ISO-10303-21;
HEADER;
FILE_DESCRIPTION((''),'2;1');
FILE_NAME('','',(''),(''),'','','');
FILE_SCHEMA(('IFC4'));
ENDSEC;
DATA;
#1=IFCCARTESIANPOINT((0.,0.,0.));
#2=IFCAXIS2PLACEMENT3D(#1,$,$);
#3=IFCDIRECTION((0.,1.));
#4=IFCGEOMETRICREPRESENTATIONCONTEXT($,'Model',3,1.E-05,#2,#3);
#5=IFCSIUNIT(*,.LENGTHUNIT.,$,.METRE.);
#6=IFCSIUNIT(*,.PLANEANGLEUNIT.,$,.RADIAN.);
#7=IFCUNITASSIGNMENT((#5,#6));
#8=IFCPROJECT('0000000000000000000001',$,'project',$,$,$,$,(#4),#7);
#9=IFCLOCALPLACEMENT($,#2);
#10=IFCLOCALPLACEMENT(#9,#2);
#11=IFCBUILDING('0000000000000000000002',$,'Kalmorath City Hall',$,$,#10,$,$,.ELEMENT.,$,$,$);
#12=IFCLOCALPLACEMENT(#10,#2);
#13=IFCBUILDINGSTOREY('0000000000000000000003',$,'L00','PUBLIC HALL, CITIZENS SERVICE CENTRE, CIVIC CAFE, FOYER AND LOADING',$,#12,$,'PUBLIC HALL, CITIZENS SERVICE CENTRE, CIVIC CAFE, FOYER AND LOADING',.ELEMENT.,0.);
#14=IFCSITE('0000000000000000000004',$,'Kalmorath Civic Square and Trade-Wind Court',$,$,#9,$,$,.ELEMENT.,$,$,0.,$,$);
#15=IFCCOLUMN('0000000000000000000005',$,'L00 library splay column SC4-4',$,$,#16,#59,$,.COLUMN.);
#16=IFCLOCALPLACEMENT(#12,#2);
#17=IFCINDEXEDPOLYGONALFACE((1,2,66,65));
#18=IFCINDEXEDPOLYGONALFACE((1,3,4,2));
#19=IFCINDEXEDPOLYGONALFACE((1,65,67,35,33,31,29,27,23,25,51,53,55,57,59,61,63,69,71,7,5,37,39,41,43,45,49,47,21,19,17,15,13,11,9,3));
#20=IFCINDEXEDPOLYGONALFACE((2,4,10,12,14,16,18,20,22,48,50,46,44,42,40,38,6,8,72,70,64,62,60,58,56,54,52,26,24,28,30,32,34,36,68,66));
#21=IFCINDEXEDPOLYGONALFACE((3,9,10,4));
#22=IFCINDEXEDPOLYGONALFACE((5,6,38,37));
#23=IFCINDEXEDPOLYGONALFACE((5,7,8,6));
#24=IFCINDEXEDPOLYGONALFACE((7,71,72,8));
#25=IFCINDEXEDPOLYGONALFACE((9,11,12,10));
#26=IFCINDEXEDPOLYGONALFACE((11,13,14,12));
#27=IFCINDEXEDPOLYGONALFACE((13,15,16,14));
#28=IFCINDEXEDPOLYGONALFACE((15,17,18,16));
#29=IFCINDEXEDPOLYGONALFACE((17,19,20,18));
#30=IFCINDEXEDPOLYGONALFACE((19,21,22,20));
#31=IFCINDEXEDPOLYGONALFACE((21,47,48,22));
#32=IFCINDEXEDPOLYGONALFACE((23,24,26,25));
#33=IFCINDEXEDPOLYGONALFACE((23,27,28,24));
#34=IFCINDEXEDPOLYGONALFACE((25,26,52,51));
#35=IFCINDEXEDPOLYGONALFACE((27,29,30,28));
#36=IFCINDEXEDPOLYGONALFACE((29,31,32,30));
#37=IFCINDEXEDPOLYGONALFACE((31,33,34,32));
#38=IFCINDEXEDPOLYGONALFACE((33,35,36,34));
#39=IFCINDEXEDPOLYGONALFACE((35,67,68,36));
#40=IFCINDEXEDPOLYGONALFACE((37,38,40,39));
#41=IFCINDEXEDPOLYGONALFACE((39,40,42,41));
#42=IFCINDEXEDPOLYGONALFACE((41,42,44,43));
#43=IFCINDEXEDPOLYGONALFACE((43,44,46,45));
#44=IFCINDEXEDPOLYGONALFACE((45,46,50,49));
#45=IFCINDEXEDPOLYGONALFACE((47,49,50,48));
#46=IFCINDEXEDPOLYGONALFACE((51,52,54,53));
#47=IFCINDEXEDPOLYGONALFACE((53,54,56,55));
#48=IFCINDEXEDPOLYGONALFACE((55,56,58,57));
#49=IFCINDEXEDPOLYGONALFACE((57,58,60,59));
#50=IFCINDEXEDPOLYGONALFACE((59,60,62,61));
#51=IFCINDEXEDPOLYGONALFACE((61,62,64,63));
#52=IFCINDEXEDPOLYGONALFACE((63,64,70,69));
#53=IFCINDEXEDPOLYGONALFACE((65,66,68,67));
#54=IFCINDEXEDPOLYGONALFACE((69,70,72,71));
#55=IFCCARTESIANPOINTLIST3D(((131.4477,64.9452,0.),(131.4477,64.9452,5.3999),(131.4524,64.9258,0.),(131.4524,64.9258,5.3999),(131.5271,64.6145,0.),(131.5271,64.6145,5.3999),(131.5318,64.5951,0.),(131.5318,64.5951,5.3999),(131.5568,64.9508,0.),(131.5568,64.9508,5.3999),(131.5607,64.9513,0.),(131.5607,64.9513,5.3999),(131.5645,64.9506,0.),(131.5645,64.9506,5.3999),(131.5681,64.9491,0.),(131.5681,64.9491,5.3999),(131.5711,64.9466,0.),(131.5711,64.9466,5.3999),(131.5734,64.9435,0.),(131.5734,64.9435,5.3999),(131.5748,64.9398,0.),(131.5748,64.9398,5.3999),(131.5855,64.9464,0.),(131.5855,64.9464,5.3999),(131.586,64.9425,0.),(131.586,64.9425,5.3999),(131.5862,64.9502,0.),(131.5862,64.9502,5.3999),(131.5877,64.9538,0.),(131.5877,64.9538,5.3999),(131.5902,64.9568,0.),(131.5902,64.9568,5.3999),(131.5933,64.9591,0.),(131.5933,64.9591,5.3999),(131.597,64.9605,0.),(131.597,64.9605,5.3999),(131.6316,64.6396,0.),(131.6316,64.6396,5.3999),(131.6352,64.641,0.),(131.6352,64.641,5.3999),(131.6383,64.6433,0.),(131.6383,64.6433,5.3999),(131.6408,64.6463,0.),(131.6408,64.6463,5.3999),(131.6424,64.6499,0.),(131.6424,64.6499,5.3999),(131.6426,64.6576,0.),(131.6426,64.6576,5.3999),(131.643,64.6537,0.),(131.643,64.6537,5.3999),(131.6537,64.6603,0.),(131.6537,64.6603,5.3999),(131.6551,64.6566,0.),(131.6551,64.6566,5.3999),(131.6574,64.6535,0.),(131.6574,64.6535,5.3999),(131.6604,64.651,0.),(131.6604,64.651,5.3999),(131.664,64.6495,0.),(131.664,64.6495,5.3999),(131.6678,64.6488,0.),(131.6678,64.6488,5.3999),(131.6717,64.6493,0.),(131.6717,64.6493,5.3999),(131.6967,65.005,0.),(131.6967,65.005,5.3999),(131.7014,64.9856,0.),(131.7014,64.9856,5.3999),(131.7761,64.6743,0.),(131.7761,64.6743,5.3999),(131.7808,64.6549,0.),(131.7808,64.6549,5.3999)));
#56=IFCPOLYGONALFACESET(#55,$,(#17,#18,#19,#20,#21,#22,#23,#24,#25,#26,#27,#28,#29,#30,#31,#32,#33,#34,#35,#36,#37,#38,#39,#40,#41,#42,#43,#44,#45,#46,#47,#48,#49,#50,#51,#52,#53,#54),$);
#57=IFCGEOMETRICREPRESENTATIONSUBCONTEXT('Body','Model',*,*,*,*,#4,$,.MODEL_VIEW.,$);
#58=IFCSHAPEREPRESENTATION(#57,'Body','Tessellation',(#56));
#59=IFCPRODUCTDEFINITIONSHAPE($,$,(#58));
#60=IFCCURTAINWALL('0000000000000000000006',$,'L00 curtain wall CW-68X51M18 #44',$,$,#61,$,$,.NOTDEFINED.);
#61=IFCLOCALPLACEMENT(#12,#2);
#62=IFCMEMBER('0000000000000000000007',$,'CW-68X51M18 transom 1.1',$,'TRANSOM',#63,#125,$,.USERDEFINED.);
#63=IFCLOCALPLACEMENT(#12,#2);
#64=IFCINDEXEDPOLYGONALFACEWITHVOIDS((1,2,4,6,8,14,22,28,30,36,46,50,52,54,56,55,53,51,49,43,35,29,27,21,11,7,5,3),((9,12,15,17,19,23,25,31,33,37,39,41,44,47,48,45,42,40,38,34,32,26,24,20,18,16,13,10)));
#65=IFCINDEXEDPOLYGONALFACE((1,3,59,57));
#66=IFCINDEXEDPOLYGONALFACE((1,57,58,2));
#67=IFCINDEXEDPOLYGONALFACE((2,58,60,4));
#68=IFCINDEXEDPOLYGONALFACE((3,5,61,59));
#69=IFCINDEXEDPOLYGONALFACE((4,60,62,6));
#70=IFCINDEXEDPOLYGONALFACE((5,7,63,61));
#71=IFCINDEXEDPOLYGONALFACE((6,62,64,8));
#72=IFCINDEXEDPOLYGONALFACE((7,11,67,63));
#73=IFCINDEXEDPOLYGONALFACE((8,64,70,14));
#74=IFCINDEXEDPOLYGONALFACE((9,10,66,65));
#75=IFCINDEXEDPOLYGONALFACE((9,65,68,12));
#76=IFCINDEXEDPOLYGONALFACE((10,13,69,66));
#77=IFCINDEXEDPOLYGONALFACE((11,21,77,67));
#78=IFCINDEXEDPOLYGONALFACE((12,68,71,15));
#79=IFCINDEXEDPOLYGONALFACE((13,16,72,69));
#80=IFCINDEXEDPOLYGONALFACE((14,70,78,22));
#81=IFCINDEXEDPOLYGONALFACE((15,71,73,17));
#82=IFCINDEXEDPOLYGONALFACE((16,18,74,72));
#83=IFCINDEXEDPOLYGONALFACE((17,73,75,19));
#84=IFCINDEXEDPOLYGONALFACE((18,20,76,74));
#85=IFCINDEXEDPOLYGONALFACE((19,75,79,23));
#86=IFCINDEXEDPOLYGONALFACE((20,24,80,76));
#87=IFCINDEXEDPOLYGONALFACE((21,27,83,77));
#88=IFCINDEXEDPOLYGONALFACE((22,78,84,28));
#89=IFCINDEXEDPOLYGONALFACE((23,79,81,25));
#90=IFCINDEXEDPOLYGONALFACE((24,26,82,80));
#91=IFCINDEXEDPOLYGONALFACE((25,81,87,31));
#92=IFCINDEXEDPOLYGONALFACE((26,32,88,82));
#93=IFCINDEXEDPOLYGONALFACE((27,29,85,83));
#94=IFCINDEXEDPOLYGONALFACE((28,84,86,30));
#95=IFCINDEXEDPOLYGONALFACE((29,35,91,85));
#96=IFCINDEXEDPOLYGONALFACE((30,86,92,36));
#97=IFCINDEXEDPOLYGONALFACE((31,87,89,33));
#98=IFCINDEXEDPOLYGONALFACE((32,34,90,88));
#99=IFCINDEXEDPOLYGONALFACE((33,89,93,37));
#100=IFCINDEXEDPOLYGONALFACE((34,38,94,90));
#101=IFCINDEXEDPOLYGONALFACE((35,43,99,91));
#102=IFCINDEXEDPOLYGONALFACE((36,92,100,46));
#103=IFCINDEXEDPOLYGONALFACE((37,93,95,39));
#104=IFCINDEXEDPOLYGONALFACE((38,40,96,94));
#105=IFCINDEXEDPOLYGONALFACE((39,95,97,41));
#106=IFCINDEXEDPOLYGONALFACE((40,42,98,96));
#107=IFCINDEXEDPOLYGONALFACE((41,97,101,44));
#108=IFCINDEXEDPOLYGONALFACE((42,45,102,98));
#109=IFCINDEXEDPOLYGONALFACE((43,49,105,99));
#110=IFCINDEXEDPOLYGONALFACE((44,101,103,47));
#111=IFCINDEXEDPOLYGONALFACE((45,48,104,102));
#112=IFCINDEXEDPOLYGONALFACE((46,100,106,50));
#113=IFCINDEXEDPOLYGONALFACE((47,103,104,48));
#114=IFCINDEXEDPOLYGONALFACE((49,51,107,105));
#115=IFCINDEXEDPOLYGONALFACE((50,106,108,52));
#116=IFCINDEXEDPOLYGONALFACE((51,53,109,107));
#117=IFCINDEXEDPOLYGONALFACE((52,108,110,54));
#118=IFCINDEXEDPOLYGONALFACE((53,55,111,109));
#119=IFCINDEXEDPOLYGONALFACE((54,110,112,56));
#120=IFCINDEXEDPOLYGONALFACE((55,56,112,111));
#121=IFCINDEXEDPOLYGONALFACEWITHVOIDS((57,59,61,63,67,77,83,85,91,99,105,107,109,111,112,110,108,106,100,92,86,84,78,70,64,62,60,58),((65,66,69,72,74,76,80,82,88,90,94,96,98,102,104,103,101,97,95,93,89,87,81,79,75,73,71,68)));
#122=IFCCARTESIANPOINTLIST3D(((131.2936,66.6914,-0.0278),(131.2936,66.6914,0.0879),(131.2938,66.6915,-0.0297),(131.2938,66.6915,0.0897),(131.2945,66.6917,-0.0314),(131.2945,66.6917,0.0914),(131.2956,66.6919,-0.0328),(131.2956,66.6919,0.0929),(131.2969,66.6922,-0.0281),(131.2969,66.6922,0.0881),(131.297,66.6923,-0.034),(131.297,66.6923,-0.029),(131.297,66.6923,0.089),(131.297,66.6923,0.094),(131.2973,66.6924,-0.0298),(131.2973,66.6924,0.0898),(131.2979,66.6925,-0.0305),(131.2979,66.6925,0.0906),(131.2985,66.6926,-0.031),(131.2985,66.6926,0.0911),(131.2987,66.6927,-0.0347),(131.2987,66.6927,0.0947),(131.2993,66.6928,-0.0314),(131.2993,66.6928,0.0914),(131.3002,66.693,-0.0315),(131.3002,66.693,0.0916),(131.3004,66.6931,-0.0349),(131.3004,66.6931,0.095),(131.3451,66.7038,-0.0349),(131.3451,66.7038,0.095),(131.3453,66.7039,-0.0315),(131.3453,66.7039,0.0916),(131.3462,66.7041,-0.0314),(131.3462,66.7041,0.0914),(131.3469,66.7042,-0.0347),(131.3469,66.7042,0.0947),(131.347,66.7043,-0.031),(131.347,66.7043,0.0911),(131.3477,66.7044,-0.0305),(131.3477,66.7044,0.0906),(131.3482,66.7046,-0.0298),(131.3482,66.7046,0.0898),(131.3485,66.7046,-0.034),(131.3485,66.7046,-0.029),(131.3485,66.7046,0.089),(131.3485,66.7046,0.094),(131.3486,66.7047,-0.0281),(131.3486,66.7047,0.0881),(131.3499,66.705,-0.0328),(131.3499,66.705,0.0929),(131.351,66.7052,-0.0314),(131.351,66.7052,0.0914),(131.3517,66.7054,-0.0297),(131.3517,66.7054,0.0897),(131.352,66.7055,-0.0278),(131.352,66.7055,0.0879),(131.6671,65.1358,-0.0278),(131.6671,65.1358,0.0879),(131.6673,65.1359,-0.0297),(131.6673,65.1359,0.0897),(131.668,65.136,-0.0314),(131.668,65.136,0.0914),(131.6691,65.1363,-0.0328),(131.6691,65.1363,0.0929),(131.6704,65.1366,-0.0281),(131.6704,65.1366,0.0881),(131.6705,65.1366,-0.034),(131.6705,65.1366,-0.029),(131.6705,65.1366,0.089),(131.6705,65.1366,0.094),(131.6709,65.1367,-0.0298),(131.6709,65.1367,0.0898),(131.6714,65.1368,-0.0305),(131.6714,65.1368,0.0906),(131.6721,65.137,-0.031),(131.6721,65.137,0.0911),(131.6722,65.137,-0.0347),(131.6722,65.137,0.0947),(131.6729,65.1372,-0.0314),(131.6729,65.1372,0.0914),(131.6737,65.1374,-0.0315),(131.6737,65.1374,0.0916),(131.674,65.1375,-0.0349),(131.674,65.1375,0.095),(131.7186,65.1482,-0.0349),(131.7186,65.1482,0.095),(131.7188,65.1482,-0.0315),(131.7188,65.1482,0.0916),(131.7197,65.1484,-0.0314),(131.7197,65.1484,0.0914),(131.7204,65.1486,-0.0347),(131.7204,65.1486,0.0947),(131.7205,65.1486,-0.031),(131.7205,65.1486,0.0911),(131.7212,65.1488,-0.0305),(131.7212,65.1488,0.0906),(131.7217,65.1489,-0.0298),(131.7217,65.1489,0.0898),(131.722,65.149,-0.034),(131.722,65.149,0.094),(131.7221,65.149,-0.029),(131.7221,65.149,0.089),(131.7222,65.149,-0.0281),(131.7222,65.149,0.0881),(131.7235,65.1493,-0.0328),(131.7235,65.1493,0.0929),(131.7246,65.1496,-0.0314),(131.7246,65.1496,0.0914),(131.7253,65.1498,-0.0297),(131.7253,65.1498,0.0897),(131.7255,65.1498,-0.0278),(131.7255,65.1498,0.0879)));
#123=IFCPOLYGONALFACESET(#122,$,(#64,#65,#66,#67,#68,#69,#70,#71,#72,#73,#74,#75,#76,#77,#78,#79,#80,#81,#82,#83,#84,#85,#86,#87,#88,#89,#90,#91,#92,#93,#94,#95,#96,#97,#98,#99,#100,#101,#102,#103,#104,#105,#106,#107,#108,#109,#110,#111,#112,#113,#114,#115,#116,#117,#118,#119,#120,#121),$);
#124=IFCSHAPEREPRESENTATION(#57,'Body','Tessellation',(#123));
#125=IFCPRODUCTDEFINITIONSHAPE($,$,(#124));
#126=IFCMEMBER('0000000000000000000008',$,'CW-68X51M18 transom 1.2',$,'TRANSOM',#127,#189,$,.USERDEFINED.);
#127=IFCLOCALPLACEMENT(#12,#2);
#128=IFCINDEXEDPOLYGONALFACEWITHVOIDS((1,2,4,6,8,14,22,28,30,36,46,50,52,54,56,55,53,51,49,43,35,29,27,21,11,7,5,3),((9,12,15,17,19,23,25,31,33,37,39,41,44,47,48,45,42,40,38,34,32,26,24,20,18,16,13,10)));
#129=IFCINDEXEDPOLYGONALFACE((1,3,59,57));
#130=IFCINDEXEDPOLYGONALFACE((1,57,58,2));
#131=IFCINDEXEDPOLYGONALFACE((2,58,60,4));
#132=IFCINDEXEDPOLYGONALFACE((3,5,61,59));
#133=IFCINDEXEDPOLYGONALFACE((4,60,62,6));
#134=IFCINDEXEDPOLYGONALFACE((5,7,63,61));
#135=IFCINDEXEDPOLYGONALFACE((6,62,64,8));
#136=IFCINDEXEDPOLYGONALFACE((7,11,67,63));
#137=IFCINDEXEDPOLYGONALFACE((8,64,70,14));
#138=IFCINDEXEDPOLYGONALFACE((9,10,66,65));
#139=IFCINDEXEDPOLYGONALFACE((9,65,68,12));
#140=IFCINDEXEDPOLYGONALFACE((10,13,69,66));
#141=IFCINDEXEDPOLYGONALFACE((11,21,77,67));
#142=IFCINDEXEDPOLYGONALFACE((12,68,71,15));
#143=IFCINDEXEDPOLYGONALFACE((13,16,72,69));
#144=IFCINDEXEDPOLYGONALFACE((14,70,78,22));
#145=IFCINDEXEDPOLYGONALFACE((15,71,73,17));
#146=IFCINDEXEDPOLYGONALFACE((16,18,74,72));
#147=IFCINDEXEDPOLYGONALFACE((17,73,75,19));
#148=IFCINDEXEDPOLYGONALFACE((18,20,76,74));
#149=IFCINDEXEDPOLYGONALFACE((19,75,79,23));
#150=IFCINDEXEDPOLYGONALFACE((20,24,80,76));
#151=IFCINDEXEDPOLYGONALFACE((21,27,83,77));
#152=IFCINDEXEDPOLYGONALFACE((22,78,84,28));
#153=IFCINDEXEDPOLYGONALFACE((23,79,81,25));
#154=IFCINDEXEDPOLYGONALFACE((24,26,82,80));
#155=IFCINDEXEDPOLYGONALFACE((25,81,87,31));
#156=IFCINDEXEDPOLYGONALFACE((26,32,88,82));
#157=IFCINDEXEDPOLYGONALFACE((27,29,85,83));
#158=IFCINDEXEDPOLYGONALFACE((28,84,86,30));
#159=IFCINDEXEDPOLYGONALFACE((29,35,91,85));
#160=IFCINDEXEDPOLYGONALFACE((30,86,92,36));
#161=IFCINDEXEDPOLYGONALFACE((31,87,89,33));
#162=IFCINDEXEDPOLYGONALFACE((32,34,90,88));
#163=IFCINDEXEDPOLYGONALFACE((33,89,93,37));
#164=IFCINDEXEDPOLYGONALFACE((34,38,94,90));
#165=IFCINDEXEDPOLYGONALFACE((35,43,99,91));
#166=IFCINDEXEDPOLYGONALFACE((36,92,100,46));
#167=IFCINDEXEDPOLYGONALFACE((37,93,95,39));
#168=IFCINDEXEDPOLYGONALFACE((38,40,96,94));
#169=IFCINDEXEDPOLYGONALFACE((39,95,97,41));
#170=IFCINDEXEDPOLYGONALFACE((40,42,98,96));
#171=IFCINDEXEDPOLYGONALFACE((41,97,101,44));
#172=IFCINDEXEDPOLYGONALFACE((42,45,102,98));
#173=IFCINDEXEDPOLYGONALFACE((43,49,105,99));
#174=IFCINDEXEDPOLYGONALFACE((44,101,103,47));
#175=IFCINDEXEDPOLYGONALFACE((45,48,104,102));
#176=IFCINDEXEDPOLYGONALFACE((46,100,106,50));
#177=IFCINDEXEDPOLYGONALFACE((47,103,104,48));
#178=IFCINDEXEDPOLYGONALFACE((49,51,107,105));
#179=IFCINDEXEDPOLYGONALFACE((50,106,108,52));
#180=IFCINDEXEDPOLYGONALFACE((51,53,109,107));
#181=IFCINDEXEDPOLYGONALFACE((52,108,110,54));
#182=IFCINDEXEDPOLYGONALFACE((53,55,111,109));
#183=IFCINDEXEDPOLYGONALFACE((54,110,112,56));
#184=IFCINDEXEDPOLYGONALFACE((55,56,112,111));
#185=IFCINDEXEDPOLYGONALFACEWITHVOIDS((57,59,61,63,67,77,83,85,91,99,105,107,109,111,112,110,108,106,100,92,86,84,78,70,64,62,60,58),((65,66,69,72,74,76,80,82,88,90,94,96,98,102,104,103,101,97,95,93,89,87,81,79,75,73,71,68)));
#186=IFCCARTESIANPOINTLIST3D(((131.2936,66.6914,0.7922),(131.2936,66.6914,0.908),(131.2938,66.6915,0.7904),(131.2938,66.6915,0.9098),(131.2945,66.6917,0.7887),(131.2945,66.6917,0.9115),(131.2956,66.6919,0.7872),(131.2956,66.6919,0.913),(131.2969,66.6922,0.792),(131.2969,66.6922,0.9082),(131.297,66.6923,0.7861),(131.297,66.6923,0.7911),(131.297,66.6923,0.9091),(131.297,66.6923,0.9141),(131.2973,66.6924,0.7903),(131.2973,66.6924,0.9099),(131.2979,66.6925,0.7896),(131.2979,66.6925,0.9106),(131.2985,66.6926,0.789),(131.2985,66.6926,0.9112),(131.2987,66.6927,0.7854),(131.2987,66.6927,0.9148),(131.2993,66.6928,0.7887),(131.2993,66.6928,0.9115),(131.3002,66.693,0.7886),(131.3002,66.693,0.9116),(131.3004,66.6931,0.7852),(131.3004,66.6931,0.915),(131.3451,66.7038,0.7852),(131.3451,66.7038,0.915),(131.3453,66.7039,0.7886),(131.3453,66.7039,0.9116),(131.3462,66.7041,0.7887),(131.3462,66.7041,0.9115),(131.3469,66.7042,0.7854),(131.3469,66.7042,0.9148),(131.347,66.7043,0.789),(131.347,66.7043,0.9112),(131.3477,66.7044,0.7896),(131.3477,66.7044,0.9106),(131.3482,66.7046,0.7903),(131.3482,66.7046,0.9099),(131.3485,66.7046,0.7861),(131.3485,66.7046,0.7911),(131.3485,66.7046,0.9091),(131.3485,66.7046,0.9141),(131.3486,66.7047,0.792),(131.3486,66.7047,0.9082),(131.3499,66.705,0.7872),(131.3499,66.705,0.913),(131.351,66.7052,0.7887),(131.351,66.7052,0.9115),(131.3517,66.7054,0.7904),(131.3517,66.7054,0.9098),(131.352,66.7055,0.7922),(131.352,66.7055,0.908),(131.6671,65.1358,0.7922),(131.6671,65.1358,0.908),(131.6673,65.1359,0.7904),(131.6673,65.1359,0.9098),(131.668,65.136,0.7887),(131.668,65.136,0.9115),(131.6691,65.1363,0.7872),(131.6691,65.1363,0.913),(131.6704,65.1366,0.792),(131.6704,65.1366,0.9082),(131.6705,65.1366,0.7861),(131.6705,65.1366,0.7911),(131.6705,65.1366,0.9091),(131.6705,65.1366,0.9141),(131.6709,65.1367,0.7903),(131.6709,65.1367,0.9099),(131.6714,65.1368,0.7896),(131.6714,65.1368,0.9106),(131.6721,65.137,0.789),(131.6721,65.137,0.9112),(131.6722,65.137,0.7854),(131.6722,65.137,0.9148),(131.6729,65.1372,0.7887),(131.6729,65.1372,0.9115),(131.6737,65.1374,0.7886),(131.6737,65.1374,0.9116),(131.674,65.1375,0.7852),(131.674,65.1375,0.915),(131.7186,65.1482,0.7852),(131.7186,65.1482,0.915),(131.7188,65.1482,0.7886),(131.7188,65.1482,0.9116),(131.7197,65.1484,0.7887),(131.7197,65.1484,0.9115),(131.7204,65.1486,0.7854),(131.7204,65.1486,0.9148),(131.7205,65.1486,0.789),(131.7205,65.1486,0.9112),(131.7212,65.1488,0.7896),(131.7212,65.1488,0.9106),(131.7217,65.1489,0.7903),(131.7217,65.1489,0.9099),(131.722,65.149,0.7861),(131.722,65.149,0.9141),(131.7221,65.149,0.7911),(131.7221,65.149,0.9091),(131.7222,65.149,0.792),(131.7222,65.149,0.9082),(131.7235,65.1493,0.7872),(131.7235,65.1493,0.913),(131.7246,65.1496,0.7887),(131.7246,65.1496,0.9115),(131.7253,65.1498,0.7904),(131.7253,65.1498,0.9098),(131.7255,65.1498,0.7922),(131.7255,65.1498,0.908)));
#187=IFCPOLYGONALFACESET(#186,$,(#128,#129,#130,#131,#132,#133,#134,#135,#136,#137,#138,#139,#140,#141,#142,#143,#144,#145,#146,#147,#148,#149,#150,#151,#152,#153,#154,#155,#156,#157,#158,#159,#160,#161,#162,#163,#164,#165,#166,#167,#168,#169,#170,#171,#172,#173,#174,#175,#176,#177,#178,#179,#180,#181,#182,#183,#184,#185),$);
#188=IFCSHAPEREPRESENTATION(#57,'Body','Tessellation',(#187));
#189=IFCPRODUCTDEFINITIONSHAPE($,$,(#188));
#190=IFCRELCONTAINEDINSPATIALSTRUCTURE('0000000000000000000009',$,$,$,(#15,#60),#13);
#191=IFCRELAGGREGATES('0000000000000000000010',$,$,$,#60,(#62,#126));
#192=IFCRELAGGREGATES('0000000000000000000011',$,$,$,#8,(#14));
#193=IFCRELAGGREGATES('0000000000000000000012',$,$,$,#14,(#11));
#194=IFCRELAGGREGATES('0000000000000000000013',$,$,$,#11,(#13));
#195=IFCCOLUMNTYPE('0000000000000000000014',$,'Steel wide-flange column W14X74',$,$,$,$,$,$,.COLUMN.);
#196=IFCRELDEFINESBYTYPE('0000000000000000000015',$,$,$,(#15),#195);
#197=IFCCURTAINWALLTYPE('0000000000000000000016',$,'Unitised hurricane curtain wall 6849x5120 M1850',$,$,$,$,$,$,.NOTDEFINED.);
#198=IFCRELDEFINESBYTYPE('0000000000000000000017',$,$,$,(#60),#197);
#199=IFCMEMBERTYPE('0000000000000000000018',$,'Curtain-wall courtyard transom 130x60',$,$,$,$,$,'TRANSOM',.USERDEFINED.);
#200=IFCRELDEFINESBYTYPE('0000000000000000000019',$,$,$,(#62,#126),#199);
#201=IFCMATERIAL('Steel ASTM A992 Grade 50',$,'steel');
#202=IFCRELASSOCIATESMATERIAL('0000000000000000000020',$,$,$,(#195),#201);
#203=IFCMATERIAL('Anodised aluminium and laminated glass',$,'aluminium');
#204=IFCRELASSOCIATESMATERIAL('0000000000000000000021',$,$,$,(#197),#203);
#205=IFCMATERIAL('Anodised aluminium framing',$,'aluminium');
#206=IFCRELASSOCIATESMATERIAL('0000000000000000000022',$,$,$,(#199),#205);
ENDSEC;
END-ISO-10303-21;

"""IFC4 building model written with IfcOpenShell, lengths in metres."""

from ifc_helpers import new_model, si_unit, direction, frame, origin, origin_2d, place, context, subcontext, project, spatial, hollow_rectangle, i_section, extrude, material, material_profile, profile_set, type_object, element, aggregate, save


model = new_model("IFC4")

# Units and contexts
model_context = context("Model", 3, precision=1e-05, world=origin(), true_north=direction((0.0, 1.0)))
body_context = subcontext(model_context, "Body", "Model", "MODEL_VIEW")
ifc_project = project(units=[si_unit("LENGTHUNIT", "METRE"), si_unit("PLANEANGLEUNIT", "RADIAN")], contexts=[model_context])

# Site, building, storey
site_placement = place(None, origin())
site = spatial("IfcSite", under=ifc_project, at=site_placement, Name="Kalmorath Civic Square and Trade-Wind Court", CompositionType="ELEMENT", RefElevation=0.0)
building_placement = place(site_placement, origin())
building = spatial("IfcBuilding", under=site, at=building_placement, Name="Kalmorath City Hall", CompositionType="ELEMENT")
storey_placement = place(building_placement, origin())
storey = spatial("IfcBuildingStorey", under=building, at=storey_placement, Name="L00", Description="PUBLIC HALL, CITIZENS SERVICE CENTRE, CIVIC CAFE, FOYER AND LOADING", LongName="PUBLIC HALL, CITIZENS SERVICE CENTRE, CIVIC CAFE, FOYER AND LOADING", CompositionType="ELEMENT", Elevation=0.0)

# Column
ifc_material_1 = material(Name="Steel ASTM A992 Grade 50", Category="steel")
ifc_material_profile_1 = material_profile(ifc_material_1, i_section(OverallWidth=0.2561, OverallDepth=0.3601, WebThickness=0.0115, FlangeThickness=0.02, FilletRadius=0.0149, at=origin_2d()), Name="W14X74")
ifc_profile_set_1 = profile_set([ifc_material_profile_1], Name="Steel ASTM A992 Grade 50")
column_type = type_object("IfcColumnType", Name="Steel wide-flange column W14X74", PredefinedType="COLUMN", material=ifc_profile_set_1)
column_placement = place(storey_placement, frame((131.6143, 64.8, 0.0), z_axis=(0.0, 0.0, 1.0), x_axis=(0.97237, 0.233445, 0.0)))
element("IfcColumn", 1, at=column_placement, inside=storey, type_object=column_type, Name="L00 library splay column SC4-4", PredefinedType="COLUMN", context=body_context, shape_type="SweptSolid", body=[
    extrude(i_section(OverallWidth=0.2561, OverallDepth=0.3601, WebThickness=0.0115, FlangeThickness=0.02, FilletRadius=0.0149, at=origin_2d()), origin(), (0.0, 0.0, 1.0), 5.3999),
])

# Curtain wall, members
ifc_material_2 = material(Name="Anodised aluminium and laminated glass", Category="aluminium")
curtain_wall_type = type_object("IfcCurtainWallType", Name="Unitised hurricane curtain wall 6849x5120 M1850", PredefinedType="NOTDEFINED", material=ifc_material_2)
curtain_wall_1_placement = place(storey_placement, origin())
curtain_wall_1 = element("IfcCurtainWall", 2, at=curtain_wall_1_placement, inside=storey, type_object=curtain_wall_type, Name="L00 curtain wall CW-68X51M18 #44", PredefinedType="NOTDEFINED")
ifc_material_3 = material(Name="Anodised aluminium framing", Category="aluminium")
ifc_material_profile_2 = material_profile(ifc_material_3, hollow_rectangle(XDim=0.0601, YDim=0.1299, WallThickness=0.0034, InnerFilletRadius=0.0034, OuterFilletRadius=0.0071, at=origin_2d()), Name="ALU-TRN-130X60X3.5")
ifc_profile_set_2 = profile_set([ifc_material_profile_2], Name="Anodised aluminium framing")
member_type_1 = type_object("IfcMemberType", Name="Curtain-wall courtyard transom 130x60", ElementType="TRANSOM", PredefinedType="USERDEFINED", material=ifc_profile_set_2)
member_1_placement = place(storey_placement, frame((131.6963, 65.1428, 0.03), z_axis=(-0.233477, 0.972362, 0.0), x_axis=(-0.972362, -0.233477, 0.0)))
member_1 = element("IfcMember", 3, at=member_1_placement, type_object=member_type_1, Name="CW-68X51M18 transom 1.1", ObjectType="TRANSOM", PredefinedType="USERDEFINED", context=body_context, shape_type="SweptSolid", body=[
    extrude(hollow_rectangle(XDim=0.0601, YDim=0.1299, WallThickness=0.0034, InnerFilletRadius=0.0034, OuterFilletRadius=0.0071, at=origin_2d()), origin(), (0.0, 0.0, 1.0), 1.5999),
])
member_2_placement = place(storey_placement, frame((131.6963, 65.1428, 0.8501), z_axis=(-0.233477, 0.972362, 0.0), x_axis=(-0.972362, -0.233477, 0.0)))
member_2 = element("IfcMember", 4, at=member_2_placement, type_object=member_type_1, Name="CW-68X51M18 transom 1.2", ObjectType="TRANSOM", PredefinedType="USERDEFINED", context=body_context, shape_type="SweptSolid", body=[
    extrude(hollow_rectangle(XDim=0.0601, YDim=0.1299, WallThickness=0.0034, InnerFilletRadius=0.0034, OuterFilletRadius=0.0071, at=origin_2d()), origin(), (0.0, 0.0, 1.0), 1.5999),
])

aggregate(curtain_wall_1, [member_1, member_2])

save(model, "model.ifc")
